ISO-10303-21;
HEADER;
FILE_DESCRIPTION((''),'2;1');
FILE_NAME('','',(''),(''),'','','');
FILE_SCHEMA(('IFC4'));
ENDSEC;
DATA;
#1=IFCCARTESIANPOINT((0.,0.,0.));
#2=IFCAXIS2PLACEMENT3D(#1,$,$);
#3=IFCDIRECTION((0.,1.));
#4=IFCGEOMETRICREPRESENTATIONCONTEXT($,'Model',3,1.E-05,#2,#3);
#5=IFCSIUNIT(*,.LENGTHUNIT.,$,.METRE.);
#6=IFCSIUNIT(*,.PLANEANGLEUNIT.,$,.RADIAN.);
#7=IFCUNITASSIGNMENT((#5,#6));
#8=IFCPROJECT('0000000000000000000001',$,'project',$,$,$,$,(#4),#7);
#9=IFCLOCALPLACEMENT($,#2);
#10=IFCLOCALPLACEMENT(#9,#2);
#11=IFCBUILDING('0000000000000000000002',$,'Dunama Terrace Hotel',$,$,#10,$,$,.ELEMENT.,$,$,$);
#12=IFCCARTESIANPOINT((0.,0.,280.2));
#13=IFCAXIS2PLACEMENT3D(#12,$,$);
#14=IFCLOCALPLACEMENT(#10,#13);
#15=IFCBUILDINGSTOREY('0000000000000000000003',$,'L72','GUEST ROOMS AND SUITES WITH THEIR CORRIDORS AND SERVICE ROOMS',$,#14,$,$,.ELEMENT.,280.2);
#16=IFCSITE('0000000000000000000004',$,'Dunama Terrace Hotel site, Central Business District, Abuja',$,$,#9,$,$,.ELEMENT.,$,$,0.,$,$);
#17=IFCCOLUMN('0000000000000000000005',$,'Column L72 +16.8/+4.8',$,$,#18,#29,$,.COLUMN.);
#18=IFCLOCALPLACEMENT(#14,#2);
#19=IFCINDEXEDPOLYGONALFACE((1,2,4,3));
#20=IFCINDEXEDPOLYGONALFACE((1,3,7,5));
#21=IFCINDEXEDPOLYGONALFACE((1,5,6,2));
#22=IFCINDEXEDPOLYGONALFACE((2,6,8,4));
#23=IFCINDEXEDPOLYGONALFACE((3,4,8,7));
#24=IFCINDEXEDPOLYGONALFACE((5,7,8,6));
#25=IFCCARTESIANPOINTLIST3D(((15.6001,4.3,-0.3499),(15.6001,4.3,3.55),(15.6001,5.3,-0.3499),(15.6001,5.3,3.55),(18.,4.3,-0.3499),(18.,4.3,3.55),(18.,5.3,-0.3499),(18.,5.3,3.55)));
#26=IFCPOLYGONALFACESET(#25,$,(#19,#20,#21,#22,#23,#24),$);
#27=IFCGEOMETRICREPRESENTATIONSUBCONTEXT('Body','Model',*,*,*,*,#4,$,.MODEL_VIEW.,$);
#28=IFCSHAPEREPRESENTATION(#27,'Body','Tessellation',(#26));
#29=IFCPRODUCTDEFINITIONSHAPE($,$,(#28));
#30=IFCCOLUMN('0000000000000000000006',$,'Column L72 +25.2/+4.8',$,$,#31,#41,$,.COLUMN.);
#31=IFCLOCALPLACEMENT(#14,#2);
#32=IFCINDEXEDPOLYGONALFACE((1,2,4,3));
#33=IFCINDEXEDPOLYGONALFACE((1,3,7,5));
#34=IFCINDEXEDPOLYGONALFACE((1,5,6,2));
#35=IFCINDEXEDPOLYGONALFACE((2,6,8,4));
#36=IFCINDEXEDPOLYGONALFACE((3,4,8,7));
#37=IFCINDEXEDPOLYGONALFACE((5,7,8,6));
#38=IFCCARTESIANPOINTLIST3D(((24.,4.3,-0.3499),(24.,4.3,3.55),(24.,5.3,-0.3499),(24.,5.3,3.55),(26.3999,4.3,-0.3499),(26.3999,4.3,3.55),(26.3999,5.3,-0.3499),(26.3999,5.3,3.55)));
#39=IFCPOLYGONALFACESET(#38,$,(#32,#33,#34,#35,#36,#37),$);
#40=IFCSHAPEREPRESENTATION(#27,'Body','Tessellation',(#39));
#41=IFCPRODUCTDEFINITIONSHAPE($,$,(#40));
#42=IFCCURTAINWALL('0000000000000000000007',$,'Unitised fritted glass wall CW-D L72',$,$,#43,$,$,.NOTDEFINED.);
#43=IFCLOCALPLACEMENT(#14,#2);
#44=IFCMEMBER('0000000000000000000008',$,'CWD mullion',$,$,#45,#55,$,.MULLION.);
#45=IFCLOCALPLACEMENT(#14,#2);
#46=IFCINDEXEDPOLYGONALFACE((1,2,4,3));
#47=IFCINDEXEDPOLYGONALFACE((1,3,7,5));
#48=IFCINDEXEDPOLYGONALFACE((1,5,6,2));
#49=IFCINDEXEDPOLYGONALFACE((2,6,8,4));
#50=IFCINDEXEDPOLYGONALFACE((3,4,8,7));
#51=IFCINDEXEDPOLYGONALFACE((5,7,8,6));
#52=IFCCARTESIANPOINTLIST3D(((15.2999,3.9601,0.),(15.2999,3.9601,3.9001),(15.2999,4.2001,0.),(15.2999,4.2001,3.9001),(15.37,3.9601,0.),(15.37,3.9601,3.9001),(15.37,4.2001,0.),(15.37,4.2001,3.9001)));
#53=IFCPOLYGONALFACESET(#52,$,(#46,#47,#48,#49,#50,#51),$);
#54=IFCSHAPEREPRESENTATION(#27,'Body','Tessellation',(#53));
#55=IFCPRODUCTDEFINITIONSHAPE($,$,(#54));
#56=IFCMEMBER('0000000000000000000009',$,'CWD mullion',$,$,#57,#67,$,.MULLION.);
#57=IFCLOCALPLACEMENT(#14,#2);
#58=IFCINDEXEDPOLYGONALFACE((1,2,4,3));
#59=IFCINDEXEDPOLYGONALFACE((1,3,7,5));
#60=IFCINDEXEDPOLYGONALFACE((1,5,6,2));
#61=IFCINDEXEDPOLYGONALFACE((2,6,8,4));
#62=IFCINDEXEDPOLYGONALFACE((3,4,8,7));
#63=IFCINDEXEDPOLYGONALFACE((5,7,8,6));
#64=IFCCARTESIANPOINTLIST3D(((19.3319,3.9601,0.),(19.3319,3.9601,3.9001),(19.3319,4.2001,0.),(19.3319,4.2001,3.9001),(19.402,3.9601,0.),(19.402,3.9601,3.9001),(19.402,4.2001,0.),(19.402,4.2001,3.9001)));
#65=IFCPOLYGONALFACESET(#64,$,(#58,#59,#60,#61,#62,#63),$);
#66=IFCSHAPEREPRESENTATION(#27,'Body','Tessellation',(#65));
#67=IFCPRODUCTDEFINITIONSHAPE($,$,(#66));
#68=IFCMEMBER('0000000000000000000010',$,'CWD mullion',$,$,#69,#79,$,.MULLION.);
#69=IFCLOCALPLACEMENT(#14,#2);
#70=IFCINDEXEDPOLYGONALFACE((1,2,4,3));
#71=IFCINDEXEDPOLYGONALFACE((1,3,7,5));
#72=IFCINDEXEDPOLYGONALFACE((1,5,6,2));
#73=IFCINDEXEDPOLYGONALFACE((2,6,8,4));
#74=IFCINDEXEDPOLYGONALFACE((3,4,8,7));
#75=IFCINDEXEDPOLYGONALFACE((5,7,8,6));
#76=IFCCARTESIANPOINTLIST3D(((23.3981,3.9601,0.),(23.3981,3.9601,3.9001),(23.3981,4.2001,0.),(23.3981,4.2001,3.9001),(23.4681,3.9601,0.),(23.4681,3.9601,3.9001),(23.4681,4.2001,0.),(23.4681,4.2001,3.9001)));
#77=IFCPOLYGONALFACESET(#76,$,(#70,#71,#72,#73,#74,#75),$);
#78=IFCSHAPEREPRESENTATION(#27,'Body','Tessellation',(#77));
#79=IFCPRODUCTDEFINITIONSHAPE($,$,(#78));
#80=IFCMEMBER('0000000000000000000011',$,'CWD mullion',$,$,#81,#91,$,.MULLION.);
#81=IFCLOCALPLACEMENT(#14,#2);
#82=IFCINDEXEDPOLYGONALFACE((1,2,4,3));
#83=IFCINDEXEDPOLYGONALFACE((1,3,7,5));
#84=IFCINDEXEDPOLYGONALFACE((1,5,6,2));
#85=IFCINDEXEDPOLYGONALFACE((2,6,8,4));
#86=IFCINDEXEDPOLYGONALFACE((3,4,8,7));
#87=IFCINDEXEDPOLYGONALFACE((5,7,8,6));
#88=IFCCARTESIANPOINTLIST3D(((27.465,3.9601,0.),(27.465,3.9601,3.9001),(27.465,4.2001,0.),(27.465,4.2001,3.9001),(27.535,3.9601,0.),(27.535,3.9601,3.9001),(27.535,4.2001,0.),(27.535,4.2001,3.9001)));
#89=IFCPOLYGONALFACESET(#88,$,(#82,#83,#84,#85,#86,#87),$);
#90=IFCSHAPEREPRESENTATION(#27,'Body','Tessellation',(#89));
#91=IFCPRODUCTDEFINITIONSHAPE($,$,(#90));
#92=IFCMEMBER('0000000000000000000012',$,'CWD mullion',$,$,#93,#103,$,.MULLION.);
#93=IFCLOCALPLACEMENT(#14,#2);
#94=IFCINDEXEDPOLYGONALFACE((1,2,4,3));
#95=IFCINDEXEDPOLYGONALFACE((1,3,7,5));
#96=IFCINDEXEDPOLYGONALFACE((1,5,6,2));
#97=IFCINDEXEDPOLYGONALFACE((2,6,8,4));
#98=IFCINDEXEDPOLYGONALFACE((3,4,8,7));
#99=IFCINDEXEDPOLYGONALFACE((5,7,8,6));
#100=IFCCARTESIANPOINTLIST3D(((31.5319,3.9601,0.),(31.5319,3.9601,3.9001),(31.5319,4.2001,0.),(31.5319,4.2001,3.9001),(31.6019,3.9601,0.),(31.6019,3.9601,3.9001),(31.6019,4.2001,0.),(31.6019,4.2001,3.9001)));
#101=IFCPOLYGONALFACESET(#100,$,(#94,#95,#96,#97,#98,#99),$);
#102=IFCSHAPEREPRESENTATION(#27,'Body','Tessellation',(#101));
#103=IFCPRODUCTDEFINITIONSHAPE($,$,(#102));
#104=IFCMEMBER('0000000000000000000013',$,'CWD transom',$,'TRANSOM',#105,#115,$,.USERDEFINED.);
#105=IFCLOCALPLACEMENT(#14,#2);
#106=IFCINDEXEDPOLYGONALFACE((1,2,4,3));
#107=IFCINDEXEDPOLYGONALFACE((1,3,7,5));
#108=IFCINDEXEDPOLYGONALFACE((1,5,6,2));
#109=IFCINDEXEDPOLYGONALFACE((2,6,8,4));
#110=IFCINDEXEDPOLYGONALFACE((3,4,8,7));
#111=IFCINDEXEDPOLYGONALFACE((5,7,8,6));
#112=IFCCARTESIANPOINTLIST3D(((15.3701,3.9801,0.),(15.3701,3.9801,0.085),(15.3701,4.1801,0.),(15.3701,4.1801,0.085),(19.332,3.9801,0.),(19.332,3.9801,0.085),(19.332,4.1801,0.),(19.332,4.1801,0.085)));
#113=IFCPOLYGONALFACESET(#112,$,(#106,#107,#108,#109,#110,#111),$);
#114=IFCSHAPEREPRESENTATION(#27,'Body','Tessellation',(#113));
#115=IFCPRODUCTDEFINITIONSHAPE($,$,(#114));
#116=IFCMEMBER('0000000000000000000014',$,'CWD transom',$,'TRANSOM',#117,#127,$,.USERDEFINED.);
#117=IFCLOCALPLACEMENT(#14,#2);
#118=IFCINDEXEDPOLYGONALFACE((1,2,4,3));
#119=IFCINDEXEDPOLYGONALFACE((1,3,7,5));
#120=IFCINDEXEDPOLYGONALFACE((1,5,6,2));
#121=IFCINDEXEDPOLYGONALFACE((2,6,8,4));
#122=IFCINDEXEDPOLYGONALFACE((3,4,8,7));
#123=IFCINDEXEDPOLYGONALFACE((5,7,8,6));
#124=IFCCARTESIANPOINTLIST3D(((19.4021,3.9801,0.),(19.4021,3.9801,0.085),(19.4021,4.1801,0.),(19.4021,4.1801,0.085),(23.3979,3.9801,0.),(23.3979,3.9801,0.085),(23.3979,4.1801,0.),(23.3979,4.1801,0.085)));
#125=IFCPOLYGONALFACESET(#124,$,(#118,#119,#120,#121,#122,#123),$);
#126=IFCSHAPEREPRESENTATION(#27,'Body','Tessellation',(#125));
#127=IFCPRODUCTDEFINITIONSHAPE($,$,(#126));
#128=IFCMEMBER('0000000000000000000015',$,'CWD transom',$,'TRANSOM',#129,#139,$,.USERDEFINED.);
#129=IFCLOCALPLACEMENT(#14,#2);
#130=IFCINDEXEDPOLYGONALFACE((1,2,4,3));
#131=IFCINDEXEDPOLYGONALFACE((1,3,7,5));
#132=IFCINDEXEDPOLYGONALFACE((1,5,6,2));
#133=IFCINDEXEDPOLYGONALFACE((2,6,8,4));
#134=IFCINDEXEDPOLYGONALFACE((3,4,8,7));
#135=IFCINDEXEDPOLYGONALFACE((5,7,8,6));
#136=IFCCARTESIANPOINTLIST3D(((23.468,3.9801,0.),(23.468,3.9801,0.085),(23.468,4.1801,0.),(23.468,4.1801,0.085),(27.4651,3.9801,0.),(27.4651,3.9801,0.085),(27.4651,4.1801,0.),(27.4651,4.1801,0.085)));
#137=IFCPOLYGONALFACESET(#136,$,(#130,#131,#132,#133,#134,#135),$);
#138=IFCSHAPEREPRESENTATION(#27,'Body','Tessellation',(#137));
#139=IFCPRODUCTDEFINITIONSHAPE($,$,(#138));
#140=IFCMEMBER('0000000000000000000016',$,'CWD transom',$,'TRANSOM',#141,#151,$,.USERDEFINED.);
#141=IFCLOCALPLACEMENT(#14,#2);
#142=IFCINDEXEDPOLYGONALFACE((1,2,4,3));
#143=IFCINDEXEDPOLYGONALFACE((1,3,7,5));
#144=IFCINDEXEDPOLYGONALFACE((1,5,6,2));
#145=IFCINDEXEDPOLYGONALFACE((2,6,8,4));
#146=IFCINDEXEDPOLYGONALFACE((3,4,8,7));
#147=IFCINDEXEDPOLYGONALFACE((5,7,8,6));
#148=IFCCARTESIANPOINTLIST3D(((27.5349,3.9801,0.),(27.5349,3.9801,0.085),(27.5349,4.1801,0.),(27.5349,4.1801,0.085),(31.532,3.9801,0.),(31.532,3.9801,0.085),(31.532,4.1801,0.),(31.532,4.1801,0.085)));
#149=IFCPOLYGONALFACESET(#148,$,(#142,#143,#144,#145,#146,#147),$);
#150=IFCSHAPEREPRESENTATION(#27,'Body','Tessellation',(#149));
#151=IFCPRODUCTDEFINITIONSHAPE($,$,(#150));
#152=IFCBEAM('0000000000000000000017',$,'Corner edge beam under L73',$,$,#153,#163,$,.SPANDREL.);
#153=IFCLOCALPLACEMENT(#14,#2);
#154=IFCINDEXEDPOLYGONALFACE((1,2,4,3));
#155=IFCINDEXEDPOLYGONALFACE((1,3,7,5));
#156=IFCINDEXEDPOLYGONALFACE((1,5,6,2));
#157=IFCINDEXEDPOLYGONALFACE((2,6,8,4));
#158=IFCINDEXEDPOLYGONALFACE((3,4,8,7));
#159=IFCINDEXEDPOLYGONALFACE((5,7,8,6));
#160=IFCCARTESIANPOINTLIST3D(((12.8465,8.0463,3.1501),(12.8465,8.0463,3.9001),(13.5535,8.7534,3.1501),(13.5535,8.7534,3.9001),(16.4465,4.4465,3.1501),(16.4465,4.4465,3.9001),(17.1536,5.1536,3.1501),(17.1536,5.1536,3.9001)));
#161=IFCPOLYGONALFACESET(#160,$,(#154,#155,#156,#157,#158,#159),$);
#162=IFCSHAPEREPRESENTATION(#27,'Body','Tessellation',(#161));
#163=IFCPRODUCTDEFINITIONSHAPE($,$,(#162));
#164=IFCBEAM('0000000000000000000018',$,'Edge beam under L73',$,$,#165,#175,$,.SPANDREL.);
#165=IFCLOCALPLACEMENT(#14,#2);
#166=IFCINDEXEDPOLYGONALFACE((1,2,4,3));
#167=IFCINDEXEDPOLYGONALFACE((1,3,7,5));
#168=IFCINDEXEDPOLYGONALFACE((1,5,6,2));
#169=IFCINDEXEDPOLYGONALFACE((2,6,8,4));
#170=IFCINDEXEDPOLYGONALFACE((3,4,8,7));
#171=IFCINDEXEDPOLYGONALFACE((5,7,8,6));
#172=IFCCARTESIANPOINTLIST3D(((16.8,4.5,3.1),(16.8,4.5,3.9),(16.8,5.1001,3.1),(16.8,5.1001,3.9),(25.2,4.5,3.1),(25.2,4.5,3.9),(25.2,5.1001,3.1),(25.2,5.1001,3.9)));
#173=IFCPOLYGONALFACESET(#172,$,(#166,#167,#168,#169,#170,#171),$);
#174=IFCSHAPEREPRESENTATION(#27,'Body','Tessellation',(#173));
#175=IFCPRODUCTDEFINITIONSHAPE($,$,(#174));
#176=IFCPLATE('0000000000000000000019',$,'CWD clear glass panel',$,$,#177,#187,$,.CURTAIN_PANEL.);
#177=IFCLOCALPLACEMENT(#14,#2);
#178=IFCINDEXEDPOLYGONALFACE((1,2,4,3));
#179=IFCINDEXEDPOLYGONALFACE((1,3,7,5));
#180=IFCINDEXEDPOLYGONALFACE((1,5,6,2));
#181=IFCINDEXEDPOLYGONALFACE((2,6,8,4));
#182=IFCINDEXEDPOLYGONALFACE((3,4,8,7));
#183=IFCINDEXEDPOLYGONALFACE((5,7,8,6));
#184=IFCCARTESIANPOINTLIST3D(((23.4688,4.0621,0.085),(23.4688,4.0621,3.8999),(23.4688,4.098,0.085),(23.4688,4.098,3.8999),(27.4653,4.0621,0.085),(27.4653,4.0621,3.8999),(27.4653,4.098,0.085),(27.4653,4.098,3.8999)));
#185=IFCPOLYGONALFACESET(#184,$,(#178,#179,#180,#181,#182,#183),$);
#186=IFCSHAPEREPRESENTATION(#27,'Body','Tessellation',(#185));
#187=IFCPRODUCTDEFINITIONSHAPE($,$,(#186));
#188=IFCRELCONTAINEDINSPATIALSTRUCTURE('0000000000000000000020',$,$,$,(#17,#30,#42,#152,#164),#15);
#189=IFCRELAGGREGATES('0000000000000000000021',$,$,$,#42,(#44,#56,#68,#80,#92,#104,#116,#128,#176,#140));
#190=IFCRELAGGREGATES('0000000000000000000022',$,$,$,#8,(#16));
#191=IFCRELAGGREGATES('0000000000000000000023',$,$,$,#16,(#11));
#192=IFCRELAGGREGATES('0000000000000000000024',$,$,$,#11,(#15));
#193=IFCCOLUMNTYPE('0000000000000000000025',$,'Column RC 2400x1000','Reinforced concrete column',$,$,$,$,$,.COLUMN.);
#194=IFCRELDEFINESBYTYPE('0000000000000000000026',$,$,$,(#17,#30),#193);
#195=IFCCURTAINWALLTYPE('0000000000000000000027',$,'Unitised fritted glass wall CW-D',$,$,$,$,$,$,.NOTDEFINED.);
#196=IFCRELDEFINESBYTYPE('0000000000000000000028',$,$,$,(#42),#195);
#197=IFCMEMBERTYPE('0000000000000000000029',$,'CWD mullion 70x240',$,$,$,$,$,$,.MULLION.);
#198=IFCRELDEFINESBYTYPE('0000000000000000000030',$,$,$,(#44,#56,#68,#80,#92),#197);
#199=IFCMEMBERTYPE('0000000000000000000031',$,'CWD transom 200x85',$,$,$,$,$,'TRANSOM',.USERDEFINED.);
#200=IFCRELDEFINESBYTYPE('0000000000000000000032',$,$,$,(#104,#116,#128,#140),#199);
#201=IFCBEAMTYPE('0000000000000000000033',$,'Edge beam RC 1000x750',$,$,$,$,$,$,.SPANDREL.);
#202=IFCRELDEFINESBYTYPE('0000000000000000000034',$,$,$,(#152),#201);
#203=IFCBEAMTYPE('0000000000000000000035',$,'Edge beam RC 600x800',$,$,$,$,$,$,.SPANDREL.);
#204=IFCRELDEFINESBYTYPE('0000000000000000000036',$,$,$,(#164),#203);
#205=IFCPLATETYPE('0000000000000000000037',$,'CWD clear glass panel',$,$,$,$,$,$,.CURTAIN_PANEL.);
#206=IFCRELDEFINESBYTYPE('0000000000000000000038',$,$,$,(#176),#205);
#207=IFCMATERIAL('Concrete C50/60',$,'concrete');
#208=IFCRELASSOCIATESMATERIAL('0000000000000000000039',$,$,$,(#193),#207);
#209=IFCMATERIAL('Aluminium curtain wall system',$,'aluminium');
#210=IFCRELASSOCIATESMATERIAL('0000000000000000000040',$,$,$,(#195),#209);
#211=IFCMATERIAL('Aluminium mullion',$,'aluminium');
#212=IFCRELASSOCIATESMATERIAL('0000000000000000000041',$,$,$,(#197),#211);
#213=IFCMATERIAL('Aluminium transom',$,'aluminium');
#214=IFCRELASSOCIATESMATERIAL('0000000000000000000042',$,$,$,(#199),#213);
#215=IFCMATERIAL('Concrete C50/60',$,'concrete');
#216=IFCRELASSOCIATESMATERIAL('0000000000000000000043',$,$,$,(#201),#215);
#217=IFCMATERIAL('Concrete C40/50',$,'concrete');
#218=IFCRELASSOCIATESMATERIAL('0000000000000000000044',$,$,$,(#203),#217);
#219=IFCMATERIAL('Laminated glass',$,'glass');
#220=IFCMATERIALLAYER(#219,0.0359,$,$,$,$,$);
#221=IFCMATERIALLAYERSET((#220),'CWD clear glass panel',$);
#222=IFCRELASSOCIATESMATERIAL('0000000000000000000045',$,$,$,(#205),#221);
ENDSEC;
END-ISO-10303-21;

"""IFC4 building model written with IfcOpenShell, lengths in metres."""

from ifc_helpers import new_model, si_unit, direction, frame, origin, origin_2d, place, context, subcontext, project, spatial, rectangle, extrude, material, layer, layer_set, material_profile, profile_set, type_object, element, aggregate, save


model = new_model("IFC4")

# Units and contexts
model_context = context("Model", 3, precision=1e-05, world=origin(), true_north=direction((0.0, 1.0)))
body_context = subcontext(model_context, "Body", "Model", "MODEL_VIEW")
ifc_project = project(units=[si_unit("LENGTHUNIT", "METRE"), si_unit("PLANEANGLEUNIT", "RADIAN")], contexts=[model_context])

# Site, building, storey
site_placement = place(None, origin())
site = spatial("IfcSite", under=ifc_project, at=site_placement, Name="Dunama Terrace Hotel site, Central Business District, Abuja", CompositionType="ELEMENT", RefElevation=0.0)
building_placement = place(site_placement, origin())
building = spatial("IfcBuilding", under=site, at=building_placement, Name="Dunama Terrace Hotel", CompositionType="ELEMENT")
storey_placement = place(building_placement, frame((0.0, 0.0, 280.2)))
storey = spatial("IfcBuildingStorey", under=building, at=storey_placement, Name="L72", Description="GUEST ROOMS AND SUITES WITH THEIR CORRIDORS AND SERVICE ROOMS", CompositionType="ELEMENT", Elevation=280.2)

# Columns
ifc_material_1 = material(Name="Concrete C50/60", Category="concrete")
ifc_material_profile_1 = material_profile(ifc_material_1, rectangle(XDim=2.3999, YDim=1.0, at=origin_2d()), Name="RC 2400x1000")
ifc_profile_set_1 = profile_set([ifc_material_profile_1], Name="Concrete C50/60")
column_type = type_object("IfcColumnType", Name="Column RC 2400x1000", Description="Reinforced concrete column", PredefinedType="COLUMN", material=ifc_profile_set_1)
for number, where, z_axis, x_axis, name in (
    (1, (16.8, 4.8, -0.3499), (0.0, 0.0, 1.0), (1.0, 0.0, 0.0), "Column L72 +16.8/+4.8"),
    (2, (25.2, 4.8, -0.3499), (0.0, 0.0, 1.0), (1.0, 0.0, 0.0), "Column L72 +25.2/+4.8"),
):
    element("IfcColumn", number, at=place(storey_placement, frame(where, z_axis=z_axis, x_axis=x_axis)), inside=storey, type_object=column_type, Name=name, PredefinedType="COLUMN", context=body_context, shape_type="SweptSolid", body=[
        extrude(rectangle(XDim=2.3999, YDim=1.0, at=origin_2d()), origin(), (0.0, 0.0, 1.0), 3.8999),
    ])

# Curtain wall, members
ifc_material_2 = material(Name="Aluminium curtain wall system", Category="aluminium")
curtain_wall_type = type_object("IfcCurtainWallType", Name="Unitised fritted glass wall CW-D", PredefinedType="NOTDEFINED", material=ifc_material_2)
curtain_wall_placement = place(storey_placement, origin())
curtain_wall = element("IfcCurtainWall", 3, at=curtain_wall_placement, inside=storey, type_object=curtain_wall_type, Name="Unitised fritted glass wall CW-D L72", PredefinedType="NOTDEFINED")
ifc_material_3 = material(Name="Aluminium mullion", Category="aluminium")
ifc_material_profile_2 = material_profile(ifc_material_3, rectangle(XDim=0.0701, YDim=0.24, at=origin_2d()), Name="CWD MULLION 70X240")
ifc_profile_set_2 = profile_set([ifc_material_profile_2], Name="Aluminium mullion")
member_type_1 = type_object("IfcMemberType", Name="CWD mullion 70x240", PredefinedType="MULLION", material=ifc_profile_set_2)
member_1_placement = place(storey_placement, frame((15.335, 4.0801, 0.0), z_axis=(0.0, 0.0, 1.0), x_axis=(1.0, 0.0, 0.0)))
member_1 = element("IfcMember", 4, at=member_1_placement, type_object=member_type_1, Name="CWD mullion", PredefinedType="MULLION", context=body_context, shape_type="SweptSolid", body=[
    extrude(rectangle(XDim=0.0701, YDim=0.24, at=origin_2d()), origin(), (0.0, 0.0, 1.0), 3.9001),
])
member_2_placement = place(storey_placement, frame((19.3669, 4.0801, 0.0), z_axis=(0.0, 0.0, 1.0), x_axis=(1.0, 0.0, 0.0)))
member_2 = element("IfcMember", 5, at=member_2_placement, type_object=member_type_1, Name="CWD mullion", PredefinedType="MULLION", context=body_context, shape_type="SweptSolid", body=[
    extrude(rectangle(XDim=0.0701, YDim=0.24, at=origin_2d()), origin(), (0.0, 0.0, 1.0), 3.9001),
])
member_3_placement = place(storey_placement, frame((23.4331, 4.0801, 0.0), z_axis=(0.0, 0.0, 1.0), x_axis=(1.0, 0.0, 0.0)))
member_3 = element("IfcMember", 6, at=member_3_placement, type_object=member_type_1, Name="CWD mullion", PredefinedType="MULLION", context=body_context, shape_type="SweptSolid", body=[
    extrude(rectangle(XDim=0.0701, YDim=0.24, at=origin_2d()), origin(), (0.0, 0.0, 1.0), 3.9001),
])
member_4_placement = place(storey_placement, frame((27.5, 4.0801, 0.0), z_axis=(0.0, 0.0, 1.0), x_axis=(1.0, 0.0, 0.0)))
member_4 = element("IfcMember", 7, at=member_4_placement, type_object=member_type_1, Name="CWD mullion", PredefinedType="MULLION", context=body_context, shape_type="SweptSolid", body=[
    extrude(rectangle(XDim=0.0701, YDim=0.24, at=origin_2d()), origin(), (0.0, 0.0, 1.0), 3.9001),
])
member_5_placement = place(storey_placement, frame((31.5669, 4.0801, 0.0), z_axis=(0.0, 0.0, 1.0), x_axis=(1.0, 0.0, 0.0)))
member_5 = element("IfcMember", 8, at=member_5_placement, type_object=member_type_1, Name="CWD mullion", PredefinedType="MULLION", context=body_context, shape_type="SweptSolid", body=[
    extrude(rectangle(XDim=0.0701, YDim=0.24, at=origin_2d()), origin(), (0.0, 0.0, 1.0), 3.9001),
])
ifc_material_4 = material(Name="Aluminium transom", Category="aluminium")
ifc_material_profile_3 = material_profile(ifc_material_4, rectangle(XDim=0.2, YDim=0.085, at=origin_2d()), Name="CWD TRANSOM 200X85")
ifc_profile_set_3 = profile_set([ifc_material_profile_3], Name="Aluminium transom")
member_type_2 = type_object("IfcMemberType", Name="CWD transom 200x85", ElementType="TRANSOM", PredefinedType="USERDEFINED", material=ifc_profile_set_3)
member_6_placement = place(storey_placement, frame((15.3701, 4.0801, 0.0425), z_axis=(1.0, 0.0, 0.0), x_axis=(0.0, 1.0, 0.0)))
member_6 = element("IfcMember", 9, at=member_6_placement, type_object=member_type_2, Name="CWD transom", ObjectType="TRANSOM", PredefinedType="USERDEFINED", context=body_context, shape_type="SweptSolid", body=[
    extrude(rectangle(XDim=0.2, YDim=0.085, at=origin_2d()), origin(), (0.0, 0.0, 1.0), 3.9619),
])
member_7_placement = place(storey_placement, frame((19.4021, 4.0801, 0.0425), z_axis=(1.0, 0.0, 0.0), x_axis=(0.0, 1.0, 0.0)))
member_7 = element("IfcMember", 10, at=member_7_placement, type_object=member_type_2, Name="CWD transom", ObjectType="TRANSOM", PredefinedType="USERDEFINED", context=body_context, shape_type="SweptSolid", body=[
    extrude(rectangle(XDim=0.2, YDim=0.085, at=origin_2d()), origin(), (0.0, 0.0, 1.0), 3.9958),
])
member_8_placement = place(storey_placement, frame((23.468, 4.0801, 0.0425), z_axis=(1.0, 0.0, 0.0), x_axis=(0.0, 1.0, 0.0)))
member_8 = element("IfcMember", 11, at=member_8_placement, type_object=member_type_2, Name="CWD transom", ObjectType="TRANSOM", PredefinedType="USERDEFINED", context=body_context, shape_type="SweptSolid", body=[
    extrude(rectangle(XDim=0.2, YDim=0.085, at=origin_2d()), origin(), (0.0, 0.0, 1.0), 3.9971),
])
member_9_placement = place(storey_placement, frame((27.5349, 4.0801, 0.0425), z_axis=(1.0, 0.0, 0.0), x_axis=(0.0, 1.0, 0.0)))
member_9 = element("IfcMember", 12, at=member_9_placement, type_object=member_type_2, Name="CWD transom", ObjectType="TRANSOM", PredefinedType="USERDEFINED", context=body_context, shape_type="SweptSolid", body=[
    extrude(rectangle(XDim=0.2, YDim=0.085, at=origin_2d()), origin(), (0.0, 0.0, 1.0), 3.9971),
])

# Beams
ifc_material_5 = material(Name="Concrete C50/60", Category="concrete")
ifc_material_profile_4 = material_profile(ifc_material_5, rectangle(XDim=1.0, YDim=0.75, at=origin_2d()), Name="RC 1000x750")
ifc_profile_set_4 = profile_set([ifc_material_profile_4], Name="Concrete C50/60")
beam_type_1 = type_object("IfcBeamType", Name="Edge beam RC 1000x750", PredefinedType="SPANDREL", material=ifc_profile_set_4)
beam_1_placement = place(storey_placement, frame((16.8, 4.8, 3.5251), z_axis=(-0.707131, 0.707083, 0.0), x_axis=(-0.707083, -0.707131, 0.0)))
element("IfcBeam", 13, at=beam_1_placement, inside=storey, type_object=beam_type_1, Name="Corner edge beam under L73", PredefinedType="SPANDREL", context=body_context, shape_type="SweptSolid", body=[
    extrude(rectangle(XDim=1.0, YDim=0.75, at=origin_2d()), origin(), (0.0, 0.0, 1.0), 5.0911),
])
ifc_material_6 = material(Name="Concrete C40/50", Category="concrete")
ifc_material_profile_5 = material_profile(ifc_material_6, rectangle(XDim=0.6001, YDim=0.8, at=origin_2d()), Name="RC 600x800")
ifc_profile_set_5 = profile_set([ifc_material_profile_5], Name="Concrete C40/50")
beam_type_2 = type_object("IfcBeamType", Name="Edge beam RC 600x800", PredefinedType="SPANDREL", material=ifc_profile_set_5)
beam_2_placement = place(storey_placement, frame((16.8, 4.8, 3.5), z_axis=(1.0, 0.0, 0.0), x_axis=(0.0, 1.0, 0.0)))
element("IfcBeam", 14, at=beam_2_placement, inside=storey, type_object=beam_type_2, Name="Edge beam under L73", PredefinedType="SPANDREL", context=body_context, shape_type="SweptSolid", body=[
    extrude(rectangle(XDim=0.6001, YDim=0.8, at=origin_2d()), origin(), (0.0, 0.0, 1.0), 8.3999),
])

# Plate
ifc_material_7 = material(Name="Laminated glass", Category="glass")
ifc_layer_1 = layer(ifc_material_7, 0.0359)
ifc_layer_set_1 = layer_set([ifc_layer_1], Name="CWD clear glass panel")
plate_type_1 = type_object("IfcPlateType", Name="CWD clear glass panel", PredefinedType="CURTAIN_PANEL", material=ifc_layer_set_1)
plate_1_placement = place(storey_placement, frame((25.467, 4.0801, 0.085), z_axis=(0.0, 0.0, 1.0), x_axis=(1.0, 0.0, 0.0)))
plate_1 = element("IfcPlate", 15, at=plate_1_placement, type_object=plate_type_1, Name="CWD clear glass panel", PredefinedType="CURTAIN_PANEL", context=body_context, shape_type="SweptSolid", body=[
    extrude(rectangle(XDim=3.9966, YDim=0.0359, at=origin_2d()), origin(), (0.0, 0.0, 1.0), 3.8149),
])
aggregate(curtain_wall, [member_1, member_2, member_3, member_4, member_5, member_6, member_7, member_8, plate_1, member_9])

save(model, "model.ifc")
